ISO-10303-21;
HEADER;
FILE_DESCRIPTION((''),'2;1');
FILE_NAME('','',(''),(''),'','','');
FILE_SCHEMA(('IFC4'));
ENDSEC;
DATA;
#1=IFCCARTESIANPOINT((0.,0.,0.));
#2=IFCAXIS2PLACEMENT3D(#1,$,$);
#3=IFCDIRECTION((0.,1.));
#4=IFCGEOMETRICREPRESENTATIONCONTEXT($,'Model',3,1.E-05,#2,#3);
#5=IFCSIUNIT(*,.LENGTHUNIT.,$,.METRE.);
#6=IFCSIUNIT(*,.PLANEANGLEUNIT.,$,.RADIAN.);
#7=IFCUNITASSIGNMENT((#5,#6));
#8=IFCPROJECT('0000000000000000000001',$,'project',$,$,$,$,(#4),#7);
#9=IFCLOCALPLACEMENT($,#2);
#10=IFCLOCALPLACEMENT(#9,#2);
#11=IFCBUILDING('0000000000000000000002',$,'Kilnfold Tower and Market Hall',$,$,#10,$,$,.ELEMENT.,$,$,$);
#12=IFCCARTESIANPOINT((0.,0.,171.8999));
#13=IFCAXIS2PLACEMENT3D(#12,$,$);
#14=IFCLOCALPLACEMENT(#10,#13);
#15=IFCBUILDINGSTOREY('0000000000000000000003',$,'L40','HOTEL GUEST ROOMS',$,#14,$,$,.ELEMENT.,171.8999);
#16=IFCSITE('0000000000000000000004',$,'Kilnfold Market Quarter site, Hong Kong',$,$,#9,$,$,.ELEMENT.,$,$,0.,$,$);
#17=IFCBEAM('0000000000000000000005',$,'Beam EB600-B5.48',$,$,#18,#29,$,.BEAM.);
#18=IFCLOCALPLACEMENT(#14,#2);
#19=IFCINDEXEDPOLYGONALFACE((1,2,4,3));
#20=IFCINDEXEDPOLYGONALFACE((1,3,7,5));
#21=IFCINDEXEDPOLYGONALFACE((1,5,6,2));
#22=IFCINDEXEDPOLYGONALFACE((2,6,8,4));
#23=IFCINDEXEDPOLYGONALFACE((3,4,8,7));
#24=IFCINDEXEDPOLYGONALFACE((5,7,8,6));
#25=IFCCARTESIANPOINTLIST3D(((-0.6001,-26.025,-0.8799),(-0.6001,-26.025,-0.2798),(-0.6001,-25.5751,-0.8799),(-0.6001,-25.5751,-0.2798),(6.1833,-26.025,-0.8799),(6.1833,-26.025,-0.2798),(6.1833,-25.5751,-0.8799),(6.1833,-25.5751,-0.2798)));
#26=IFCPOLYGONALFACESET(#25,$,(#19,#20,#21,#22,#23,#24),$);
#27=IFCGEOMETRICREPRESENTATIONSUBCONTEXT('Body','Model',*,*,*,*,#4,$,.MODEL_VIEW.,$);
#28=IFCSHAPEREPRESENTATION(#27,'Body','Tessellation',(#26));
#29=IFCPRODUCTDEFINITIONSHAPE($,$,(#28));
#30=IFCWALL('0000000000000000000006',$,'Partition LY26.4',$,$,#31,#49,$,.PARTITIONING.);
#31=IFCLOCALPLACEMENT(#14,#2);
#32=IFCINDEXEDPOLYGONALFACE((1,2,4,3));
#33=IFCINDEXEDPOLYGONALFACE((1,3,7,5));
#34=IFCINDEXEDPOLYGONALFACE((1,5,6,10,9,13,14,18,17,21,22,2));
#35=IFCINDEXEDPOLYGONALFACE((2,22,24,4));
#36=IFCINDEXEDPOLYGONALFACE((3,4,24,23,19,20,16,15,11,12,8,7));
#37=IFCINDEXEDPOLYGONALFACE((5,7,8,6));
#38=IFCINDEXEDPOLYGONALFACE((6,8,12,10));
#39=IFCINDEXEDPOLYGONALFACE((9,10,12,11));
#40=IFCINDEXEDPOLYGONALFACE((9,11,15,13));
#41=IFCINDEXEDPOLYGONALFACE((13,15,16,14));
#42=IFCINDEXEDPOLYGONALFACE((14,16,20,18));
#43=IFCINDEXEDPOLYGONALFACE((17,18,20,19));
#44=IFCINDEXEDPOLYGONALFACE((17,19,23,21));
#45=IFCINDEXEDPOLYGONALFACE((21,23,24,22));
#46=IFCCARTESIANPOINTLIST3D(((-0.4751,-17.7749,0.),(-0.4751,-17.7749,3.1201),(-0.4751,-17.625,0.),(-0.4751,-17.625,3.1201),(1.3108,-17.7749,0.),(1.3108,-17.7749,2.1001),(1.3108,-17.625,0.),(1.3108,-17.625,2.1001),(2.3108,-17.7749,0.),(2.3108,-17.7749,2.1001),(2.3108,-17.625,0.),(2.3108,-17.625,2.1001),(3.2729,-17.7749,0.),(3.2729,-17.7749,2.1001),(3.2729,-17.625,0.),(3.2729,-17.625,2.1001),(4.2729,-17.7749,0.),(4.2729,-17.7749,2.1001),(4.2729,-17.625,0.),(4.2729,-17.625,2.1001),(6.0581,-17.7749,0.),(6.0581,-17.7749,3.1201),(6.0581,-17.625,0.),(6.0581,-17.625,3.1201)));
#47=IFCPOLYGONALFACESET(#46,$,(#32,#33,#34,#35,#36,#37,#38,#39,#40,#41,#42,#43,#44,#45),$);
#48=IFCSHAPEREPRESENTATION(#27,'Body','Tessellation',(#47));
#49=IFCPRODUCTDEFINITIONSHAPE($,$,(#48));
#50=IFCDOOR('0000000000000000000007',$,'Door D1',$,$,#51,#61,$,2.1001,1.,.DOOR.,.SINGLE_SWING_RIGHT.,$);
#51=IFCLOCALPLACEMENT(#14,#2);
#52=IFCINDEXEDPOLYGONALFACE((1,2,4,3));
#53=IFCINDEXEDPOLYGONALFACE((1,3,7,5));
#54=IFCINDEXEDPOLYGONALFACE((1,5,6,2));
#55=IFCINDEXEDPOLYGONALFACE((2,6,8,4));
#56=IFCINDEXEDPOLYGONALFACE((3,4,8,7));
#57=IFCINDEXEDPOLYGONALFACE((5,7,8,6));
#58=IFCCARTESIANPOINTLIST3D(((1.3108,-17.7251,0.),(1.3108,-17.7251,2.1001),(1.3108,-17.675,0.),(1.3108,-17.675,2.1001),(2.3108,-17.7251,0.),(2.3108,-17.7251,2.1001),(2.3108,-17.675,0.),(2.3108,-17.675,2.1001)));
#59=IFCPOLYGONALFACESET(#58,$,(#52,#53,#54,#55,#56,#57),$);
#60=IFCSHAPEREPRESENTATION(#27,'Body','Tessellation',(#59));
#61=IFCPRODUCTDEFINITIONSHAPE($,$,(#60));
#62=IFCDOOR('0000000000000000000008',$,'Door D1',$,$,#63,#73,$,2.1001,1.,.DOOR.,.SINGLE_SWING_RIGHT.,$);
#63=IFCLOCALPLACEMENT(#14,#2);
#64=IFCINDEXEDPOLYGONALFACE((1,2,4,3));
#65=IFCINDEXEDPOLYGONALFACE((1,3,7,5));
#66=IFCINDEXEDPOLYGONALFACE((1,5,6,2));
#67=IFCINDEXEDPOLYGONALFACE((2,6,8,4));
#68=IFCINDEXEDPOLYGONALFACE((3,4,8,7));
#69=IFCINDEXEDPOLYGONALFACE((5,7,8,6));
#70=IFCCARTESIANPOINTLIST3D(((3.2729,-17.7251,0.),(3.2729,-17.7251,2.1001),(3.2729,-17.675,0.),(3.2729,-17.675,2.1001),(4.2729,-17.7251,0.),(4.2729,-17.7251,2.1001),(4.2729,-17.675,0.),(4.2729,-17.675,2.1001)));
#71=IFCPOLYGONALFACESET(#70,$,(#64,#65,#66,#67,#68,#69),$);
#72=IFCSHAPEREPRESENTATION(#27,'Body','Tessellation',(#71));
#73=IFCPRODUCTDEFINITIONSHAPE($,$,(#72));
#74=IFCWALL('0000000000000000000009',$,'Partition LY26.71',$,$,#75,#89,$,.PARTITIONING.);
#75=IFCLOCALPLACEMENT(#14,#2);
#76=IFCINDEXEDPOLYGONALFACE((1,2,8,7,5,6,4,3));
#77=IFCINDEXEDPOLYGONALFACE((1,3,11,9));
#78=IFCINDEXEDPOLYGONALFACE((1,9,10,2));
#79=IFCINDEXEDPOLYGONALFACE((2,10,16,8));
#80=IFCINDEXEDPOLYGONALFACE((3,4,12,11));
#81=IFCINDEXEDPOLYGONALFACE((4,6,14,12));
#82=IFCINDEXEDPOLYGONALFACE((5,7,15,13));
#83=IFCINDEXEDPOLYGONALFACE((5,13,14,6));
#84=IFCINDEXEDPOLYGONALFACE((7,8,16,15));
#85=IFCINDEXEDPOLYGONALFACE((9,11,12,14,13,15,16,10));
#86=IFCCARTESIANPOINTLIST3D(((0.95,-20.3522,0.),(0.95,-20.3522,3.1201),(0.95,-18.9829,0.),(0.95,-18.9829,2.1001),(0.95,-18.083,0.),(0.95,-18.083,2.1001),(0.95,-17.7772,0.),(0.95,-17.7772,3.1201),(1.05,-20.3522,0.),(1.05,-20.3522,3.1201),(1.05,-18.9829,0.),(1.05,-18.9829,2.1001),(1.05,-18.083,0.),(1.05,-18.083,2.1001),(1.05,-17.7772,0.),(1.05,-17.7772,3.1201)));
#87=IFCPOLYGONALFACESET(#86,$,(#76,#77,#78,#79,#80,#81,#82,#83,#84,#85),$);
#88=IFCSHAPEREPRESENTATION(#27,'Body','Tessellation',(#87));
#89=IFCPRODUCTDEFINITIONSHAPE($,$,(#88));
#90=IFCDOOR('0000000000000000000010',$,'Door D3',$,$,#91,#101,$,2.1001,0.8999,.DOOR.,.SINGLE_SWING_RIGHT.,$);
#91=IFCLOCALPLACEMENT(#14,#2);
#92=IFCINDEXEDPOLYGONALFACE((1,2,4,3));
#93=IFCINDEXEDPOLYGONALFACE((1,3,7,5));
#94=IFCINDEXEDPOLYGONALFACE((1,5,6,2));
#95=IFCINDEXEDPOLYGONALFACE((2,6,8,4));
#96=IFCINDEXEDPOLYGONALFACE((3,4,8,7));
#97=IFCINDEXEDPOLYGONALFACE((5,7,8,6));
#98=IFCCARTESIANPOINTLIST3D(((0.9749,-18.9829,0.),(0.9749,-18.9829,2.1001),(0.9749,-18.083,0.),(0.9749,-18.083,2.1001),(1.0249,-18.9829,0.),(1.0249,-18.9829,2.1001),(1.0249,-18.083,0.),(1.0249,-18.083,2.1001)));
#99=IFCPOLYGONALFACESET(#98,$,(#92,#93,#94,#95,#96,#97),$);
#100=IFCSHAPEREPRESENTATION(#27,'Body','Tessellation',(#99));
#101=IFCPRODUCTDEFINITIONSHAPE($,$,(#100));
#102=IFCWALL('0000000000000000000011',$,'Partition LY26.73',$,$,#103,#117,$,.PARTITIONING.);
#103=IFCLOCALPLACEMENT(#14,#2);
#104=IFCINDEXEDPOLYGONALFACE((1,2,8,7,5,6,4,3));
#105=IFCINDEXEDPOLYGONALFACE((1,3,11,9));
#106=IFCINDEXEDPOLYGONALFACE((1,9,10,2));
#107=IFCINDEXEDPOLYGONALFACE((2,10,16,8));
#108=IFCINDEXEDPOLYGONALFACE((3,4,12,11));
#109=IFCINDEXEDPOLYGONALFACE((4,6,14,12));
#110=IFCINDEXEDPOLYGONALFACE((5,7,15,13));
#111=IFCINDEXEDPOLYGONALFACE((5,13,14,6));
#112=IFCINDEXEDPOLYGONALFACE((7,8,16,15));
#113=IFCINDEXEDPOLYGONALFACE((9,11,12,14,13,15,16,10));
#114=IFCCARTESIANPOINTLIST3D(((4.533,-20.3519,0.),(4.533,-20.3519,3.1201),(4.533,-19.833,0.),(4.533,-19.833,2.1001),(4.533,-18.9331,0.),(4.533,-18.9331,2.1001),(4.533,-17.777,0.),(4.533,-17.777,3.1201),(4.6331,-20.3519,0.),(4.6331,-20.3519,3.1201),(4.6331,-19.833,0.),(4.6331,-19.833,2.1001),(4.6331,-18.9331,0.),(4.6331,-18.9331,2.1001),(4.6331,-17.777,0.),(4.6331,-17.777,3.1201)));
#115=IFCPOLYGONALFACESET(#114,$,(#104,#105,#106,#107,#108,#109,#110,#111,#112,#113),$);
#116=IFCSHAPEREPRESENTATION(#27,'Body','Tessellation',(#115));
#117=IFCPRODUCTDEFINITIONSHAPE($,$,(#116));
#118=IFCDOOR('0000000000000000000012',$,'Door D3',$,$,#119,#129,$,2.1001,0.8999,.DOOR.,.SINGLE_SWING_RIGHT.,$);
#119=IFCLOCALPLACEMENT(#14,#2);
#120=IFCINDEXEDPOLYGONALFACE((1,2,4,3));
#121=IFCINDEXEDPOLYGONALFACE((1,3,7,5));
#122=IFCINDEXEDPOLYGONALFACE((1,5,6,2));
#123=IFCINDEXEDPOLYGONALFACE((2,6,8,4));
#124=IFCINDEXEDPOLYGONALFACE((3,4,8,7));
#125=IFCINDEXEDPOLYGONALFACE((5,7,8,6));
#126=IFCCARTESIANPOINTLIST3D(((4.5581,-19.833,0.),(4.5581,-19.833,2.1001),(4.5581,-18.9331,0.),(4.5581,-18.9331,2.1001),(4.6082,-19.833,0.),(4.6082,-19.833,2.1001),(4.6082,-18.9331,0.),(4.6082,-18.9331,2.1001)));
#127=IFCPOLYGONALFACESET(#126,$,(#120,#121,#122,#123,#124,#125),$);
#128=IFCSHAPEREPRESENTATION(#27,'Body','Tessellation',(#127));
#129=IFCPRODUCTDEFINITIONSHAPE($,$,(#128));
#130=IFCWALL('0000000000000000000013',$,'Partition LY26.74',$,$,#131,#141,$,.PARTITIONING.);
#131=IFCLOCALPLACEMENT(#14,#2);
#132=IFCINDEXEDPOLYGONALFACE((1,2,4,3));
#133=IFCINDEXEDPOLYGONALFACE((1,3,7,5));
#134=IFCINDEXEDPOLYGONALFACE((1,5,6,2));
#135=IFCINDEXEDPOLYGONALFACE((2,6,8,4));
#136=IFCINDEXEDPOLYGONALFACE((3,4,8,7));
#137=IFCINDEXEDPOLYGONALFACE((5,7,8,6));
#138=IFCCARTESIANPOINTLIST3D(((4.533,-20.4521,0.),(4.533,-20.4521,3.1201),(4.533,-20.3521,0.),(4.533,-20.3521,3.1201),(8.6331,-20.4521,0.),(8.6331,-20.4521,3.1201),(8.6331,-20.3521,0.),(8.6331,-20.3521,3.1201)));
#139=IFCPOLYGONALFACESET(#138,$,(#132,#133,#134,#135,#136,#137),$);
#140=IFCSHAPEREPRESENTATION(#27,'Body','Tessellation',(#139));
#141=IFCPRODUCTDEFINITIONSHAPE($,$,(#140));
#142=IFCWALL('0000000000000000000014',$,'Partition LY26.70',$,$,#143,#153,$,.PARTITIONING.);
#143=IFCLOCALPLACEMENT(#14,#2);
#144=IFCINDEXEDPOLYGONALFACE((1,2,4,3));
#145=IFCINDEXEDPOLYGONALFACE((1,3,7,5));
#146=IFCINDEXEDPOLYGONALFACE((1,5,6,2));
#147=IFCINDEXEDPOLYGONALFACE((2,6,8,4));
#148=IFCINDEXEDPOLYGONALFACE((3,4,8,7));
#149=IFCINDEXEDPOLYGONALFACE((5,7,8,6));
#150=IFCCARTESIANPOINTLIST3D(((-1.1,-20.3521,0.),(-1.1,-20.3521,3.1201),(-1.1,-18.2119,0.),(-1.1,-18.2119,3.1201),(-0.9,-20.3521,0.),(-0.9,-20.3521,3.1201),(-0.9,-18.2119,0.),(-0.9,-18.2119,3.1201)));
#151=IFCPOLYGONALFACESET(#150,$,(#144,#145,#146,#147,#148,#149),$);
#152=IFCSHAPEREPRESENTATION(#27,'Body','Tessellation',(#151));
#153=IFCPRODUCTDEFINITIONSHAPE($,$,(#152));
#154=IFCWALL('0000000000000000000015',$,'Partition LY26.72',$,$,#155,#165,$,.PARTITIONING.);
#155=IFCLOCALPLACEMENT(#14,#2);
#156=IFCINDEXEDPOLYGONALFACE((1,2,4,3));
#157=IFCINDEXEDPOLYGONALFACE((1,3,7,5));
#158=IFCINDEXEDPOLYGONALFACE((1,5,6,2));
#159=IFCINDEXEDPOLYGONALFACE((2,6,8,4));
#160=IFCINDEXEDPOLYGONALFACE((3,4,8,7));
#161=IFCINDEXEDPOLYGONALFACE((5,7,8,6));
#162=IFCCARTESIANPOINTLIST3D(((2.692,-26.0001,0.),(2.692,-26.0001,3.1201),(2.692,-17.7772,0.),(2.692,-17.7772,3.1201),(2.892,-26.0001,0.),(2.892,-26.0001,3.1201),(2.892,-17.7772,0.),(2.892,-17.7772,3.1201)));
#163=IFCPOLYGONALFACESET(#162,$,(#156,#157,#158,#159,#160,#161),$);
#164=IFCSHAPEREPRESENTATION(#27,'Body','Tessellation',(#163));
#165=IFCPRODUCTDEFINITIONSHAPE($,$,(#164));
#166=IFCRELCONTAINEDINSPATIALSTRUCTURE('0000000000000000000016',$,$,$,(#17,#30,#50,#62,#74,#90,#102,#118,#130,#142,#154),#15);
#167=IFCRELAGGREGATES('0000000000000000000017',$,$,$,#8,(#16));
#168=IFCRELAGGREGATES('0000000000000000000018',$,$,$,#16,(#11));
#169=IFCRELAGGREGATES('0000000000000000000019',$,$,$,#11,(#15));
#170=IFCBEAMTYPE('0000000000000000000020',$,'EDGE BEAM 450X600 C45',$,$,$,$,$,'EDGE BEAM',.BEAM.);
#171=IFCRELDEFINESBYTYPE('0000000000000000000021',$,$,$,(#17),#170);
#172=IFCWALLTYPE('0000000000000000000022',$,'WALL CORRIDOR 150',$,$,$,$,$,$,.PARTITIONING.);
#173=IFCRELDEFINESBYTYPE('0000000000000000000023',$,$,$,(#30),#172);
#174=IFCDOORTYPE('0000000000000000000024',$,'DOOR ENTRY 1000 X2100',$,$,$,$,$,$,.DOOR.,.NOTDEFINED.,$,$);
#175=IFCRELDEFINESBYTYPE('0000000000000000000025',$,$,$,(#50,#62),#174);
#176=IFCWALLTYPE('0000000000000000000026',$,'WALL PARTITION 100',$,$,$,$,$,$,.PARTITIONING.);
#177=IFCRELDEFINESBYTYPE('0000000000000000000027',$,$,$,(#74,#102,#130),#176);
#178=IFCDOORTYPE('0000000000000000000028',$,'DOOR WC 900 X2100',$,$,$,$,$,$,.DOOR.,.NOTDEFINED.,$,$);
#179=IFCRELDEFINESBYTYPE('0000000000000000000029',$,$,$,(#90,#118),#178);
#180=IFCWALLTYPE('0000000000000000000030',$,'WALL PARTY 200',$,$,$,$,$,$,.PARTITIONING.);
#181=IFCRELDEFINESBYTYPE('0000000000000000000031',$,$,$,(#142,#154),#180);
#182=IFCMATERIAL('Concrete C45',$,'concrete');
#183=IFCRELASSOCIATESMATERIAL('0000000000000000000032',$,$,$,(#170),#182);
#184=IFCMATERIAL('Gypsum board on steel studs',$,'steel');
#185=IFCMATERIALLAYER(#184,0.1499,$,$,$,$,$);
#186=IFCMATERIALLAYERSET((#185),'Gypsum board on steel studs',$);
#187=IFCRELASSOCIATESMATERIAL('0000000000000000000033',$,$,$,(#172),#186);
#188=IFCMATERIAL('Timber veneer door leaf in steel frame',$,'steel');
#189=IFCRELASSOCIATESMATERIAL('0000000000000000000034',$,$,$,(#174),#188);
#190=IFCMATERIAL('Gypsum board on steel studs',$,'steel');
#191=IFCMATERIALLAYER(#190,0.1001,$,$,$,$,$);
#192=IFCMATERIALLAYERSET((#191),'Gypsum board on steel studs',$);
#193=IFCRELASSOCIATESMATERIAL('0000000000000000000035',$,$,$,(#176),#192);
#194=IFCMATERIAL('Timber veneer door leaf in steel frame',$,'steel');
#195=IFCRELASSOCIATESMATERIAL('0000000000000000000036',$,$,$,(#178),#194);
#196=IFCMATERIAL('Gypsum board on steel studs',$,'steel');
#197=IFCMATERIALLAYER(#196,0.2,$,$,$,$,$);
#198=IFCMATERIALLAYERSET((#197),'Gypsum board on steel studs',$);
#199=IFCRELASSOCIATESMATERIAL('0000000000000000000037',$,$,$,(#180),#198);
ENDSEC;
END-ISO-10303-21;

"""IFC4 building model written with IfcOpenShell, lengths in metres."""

from ifc_helpers import new_model, si_unit, direction, frame, frame_2d, origin, origin_2d, place, context, subcontext, project, spatial, rectangle, extrude, source, transform, mapped, material, layer, layer_set, material_profile, profile_set, type_object, element, fill, save


model = new_model("IFC4")

# Units and contexts
model_context = context("Model", 3, precision=1e-05, world=origin(), true_north=direction((0.0, 1.0)))
body_context = subcontext(model_context, "Body", "Model", "MODEL_VIEW")
ifc_project = project(units=[si_unit("LENGTHUNIT", "METRE"), si_unit("PLANEANGLEUNIT", "RADIAN")], contexts=[model_context])

# Site, building, storey
site_placement = place(None, origin())
site = spatial("IfcSite", under=ifc_project, at=site_placement, Name="Kilnfold Market Quarter site, Hong Kong", CompositionType="ELEMENT", RefElevation=0.0)
building_placement = place(site_placement, origin())
building = spatial("IfcBuilding", under=site, at=building_placement, Name="Kilnfold Tower and Market Hall", CompositionType="ELEMENT")
storey_placement = place(building_placement, frame((0.0, 0.0, 171.8999)))
storey = spatial("IfcBuildingStorey", under=building, at=storey_placement, Name="L40", Description="HOTEL GUEST ROOMS", CompositionType="ELEMENT", Elevation=171.8999)

# Beam
ifc_material_1 = material(Name="Concrete C45", Category="concrete")
ifc_material_profile_1 = material_profile(ifc_material_1, rectangle(XDim=0.45, YDim=0.6001, at=origin_2d()), Name="RC 450x600")
ifc_profile_set_1 = profile_set([ifc_material_profile_1], Name="Concrete C45")
beam_type = type_object("IfcBeamType", Name="EDGE BEAM 450X600 C45", ElementType="EDGE BEAM", PredefinedType="BEAM", material=ifc_profile_set_1)
shared_shape_1 = source(origin(), body_context, "Body", "SweptSolid", [
    extrude(rectangle(XDim=0.45, YDim=0.6001, at=origin_2d()), origin(), (0.0, 0.0, 1.0), 6.7834),
])
beam_placement = place(storey_placement, frame((-0.6001, -25.8, -0.5798), z_axis=(1.0, 0.0, 0.0), x_axis=(0.0, 1.0, 0.0)))
element("IfcBeam", 1, at=beam_placement, inside=storey, type_object=beam_type, Name="Beam EB600-B5.48", PredefinedType="BEAM", context=body_context, shape_type="MappedRepresentation", body=[
    mapped(shared_shape_1, transform((0.0, 0.0, 0.0))),
])

# Wall, openings, doors
ifc_material_2 = material(Name="Gypsum board on steel studs", Category="steel")
ifc_layer_1 = layer(ifc_material_2, 0.1499)
ifc_layer_set_1 = layer_set([ifc_layer_1], Name="Gypsum board on steel studs")
wall_type_1 = type_object("IfcWallType", Name="WALL CORRIDOR 150", PredefinedType="PARTITIONING", material=ifc_layer_set_1)
wall_1_placement = place(storey_placement, frame((-0.4751, -17.7, 0.0), z_axis=(0.0, 0.0, 1.0), x_axis=(1.0, 0.0, 0.0)))
wall_1 = element("IfcWall", 2, at=wall_1_placement, inside=storey, type_object=wall_type_1, Name="Partition LY26.4", PredefinedType="PARTITIONING", context=body_context, shape_type="SweptSolid", body=[
    extrude(rectangle(XDim=6.5332, YDim=0.1499, at=frame_2d((3.2666, 0.0))), origin(), (0.0, 0.0, 1.0), 3.1201),
])
opening_1_placement = place(wall_1_placement, frame((1.7859, 0.0, 0.0)))
opening_1 = element("IfcOpeningElement", 3, at=opening_1_placement, cuts=wall_1, PredefinedType="OPENING", context=body_context, shape_type="SweptSolid", body=[
    extrude(rectangle(XDim=1.0, YDim=2.1001, at=frame_2d((0.5, 1.05))), frame((0.0, 0.085, 0.0), z_axis=(0.0, -1.0, 0.0), x_axis=(1.0, 0.0, 0.0)), (0.0, 0.0, 1.0), 0.1699),
])
opening_2_placement = place(wall_1_placement, frame((3.748, 0.0, 0.0)))
opening_2 = element("IfcOpeningElement", 4, at=opening_2_placement, cuts=wall_1, PredefinedType="OPENING", context=body_context, shape_type="SweptSolid", body=[
    extrude(rectangle(XDim=1.0, YDim=2.1001, at=frame_2d((0.5, 1.05))), frame((0.0, 0.085, 0.0), z_axis=(0.0, -1.0, 0.0), x_axis=(1.0, 0.0, 0.0)), (0.0, 0.0, 1.0), 0.1699),
])
ifc_material_3 = material(Name="Timber veneer door leaf in steel frame", Category="steel")
door_type_1 = type_object("IfcDoorType", Name="DOOR ENTRY 1000 X2100", OperationType="NOTDEFINED", PredefinedType="DOOR", material=ifc_material_3)
door_1_placement = place(opening_1_placement, origin())
door_1 = element("IfcDoor", 5, at=door_1_placement, inside=storey, type_object=door_type_1, Name="Door D1", OperationType="SINGLE_SWING_RIGHT", OverallHeight=2.1001, OverallWidth=1.0, PredefinedType="DOOR", context=body_context, shape_type="SweptSolid", body=[
    extrude(rectangle(XDim=1.0, YDim=2.1001, at=frame_2d((0.5, 1.05))), frame((0.0, 0.0249, 0.0), z_axis=(0.0, -1.0, 0.0), x_axis=(1.0, 0.0, 0.0)), (0.0, 0.0, 1.0), 0.05),
])
fill(opening_1, door_1)
door_2_placement = place(opening_2_placement, origin())
door_2 = element("IfcDoor", 6, at=door_2_placement, inside=storey, type_object=door_type_1, Name="Door D1", OperationType="SINGLE_SWING_RIGHT", OverallHeight=2.1001, OverallWidth=1.0, PredefinedType="DOOR", context=body_context, shape_type="SweptSolid", body=[
    extrude(rectangle(XDim=1.0, YDim=2.1001, at=frame_2d((0.5, 1.05))), frame((0.0, 0.0249, 0.0), z_axis=(0.0, -1.0, 0.0), x_axis=(1.0, 0.0, 0.0)), (0.0, 0.0, 1.0), 0.05),
])
fill(opening_2, door_2)

# Walls, openings, doors
ifc_material_4 = material(Name="Gypsum board on steel studs", Category="steel")
ifc_layer_2 = layer(ifc_material_4, 0.1001)
ifc_layer_set_2 = layer_set([ifc_layer_2], Name="Gypsum board on steel studs")
wall_type_2 = type_object("IfcWallType", Name="WALL PARTITION 100", PredefinedType="PARTITIONING", material=ifc_layer_set_2)
wall_2_placement = place(storey_placement, frame((1.0, -17.7771, 0.0), z_axis=(0.0, 0.0, 1.0), x_axis=(0.0, -1.0, 0.0)))
wall_2 = element("IfcWall", 7, at=wall_2_placement, inside=storey, type_object=wall_type_2, Name="Partition LY26.71", PredefinedType="PARTITIONING", context=body_context, shape_type="SweptSolid", body=[
    extrude(rectangle(XDim=2.575, YDim=0.1001, at=frame_2d((1.2876, 0.0))), origin(), (0.0, 0.0, 1.0), 3.1201),
])
opening_3_placement = place(wall_2_placement, frame((0.3059, 0.0, 0.0)))
opening_3 = element("IfcOpeningElement", 8, at=opening_3_placement, cuts=wall_2, PredefinedType="OPENING", context=body_context, shape_type="SweptSolid", body=[
    extrude(rectangle(XDim=0.8999, YDim=2.1001, at=frame_2d((0.45, 1.05))), frame((0.0, 0.0601, 0.0), z_axis=(0.0, -1.0, 0.0), x_axis=(1.0, 0.0, 0.0)), (0.0, 0.0, 1.0), 0.1201),
])
ifc_material_5 = material(Name="Timber veneer door leaf in steel frame", Category="steel")
door_type_2 = type_object("IfcDoorType", Name="DOOR WC 900 X2100", OperationType="NOTDEFINED", PredefinedType="DOOR", material=ifc_material_5)
door_3_placement = place(opening_3_placement, origin())
door_3 = element("IfcDoor", 9, at=door_3_placement, inside=storey, type_object=door_type_2, Name="Door D3", OperationType="SINGLE_SWING_RIGHT", OverallHeight=2.1001, OverallWidth=0.8999, PredefinedType="DOOR", context=body_context, shape_type="SweptSolid", body=[
    extrude(rectangle(XDim=0.8999, YDim=2.1001, at=frame_2d((0.45, 1.05))), frame((0.0, 0.0249, 0.0), z_axis=(0.0, -1.0, 0.0), x_axis=(1.0, 0.0, 0.0)), (0.0, 0.0, 1.0), 0.05),
])
fill(opening_3, door_3)
wall_3_placement = place(storey_placement, frame((4.583, -20.3521, 0.0), z_axis=(0.0, 0.0, 1.0), x_axis=(0.0, 1.0, 0.0)))
wall_3 = element("IfcWall", 10, at=wall_3_placement, inside=storey, type_object=wall_type_2, Name="Partition LY26.73", PredefinedType="PARTITIONING", context=body_context, shape_type="SweptSolid", body=[
    extrude(rectangle(XDim=2.575, YDim=0.1001, at=frame_2d((1.2876, 0.0))), origin(), (0.0, 0.0, 1.0), 3.1201),
])
opening_4_placement = place(wall_3_placement, frame((0.519, 0.0, 0.0)))
opening_4 = element("IfcOpeningElement", 11, at=opening_4_placement, cuts=wall_3, PredefinedType="OPENING", context=body_context, shape_type="SweptSolid", body=[
    extrude(rectangle(XDim=0.8999, YDim=2.1001, at=frame_2d((0.45, 1.05))), frame((0.0, 0.0601, 0.0), z_axis=(0.0, -1.0, 0.0), x_axis=(1.0, 0.0, 0.0)), (0.0, 0.0, 1.0), 0.1201),
])
door_4_placement = place(opening_4_placement, origin())
door_4 = element("IfcDoor", 12, at=door_4_placement, inside=storey, type_object=door_type_2, Name="Door D3", OperationType="SINGLE_SWING_RIGHT", OverallHeight=2.1001, OverallWidth=0.8999, PredefinedType="DOOR", context=body_context, shape_type="SweptSolid", body=[
    extrude(rectangle(XDim=0.8999, YDim=2.1001, at=frame_2d((0.45, 1.05))), frame((0.0, 0.0249, 0.0), z_axis=(0.0, -1.0, 0.0), x_axis=(1.0, 0.0, 0.0)), (0.0, 0.0, 1.0), 0.05),
])
fill(opening_4, door_4)

# Walls
wall_4_placement = place(storey_placement, frame((4.533, -20.4021, 0.0), z_axis=(0.0, 0.0, 1.0), x_axis=(1.0, 0.0, 0.0)))
element("IfcWall", 13, at=wall_4_placement, inside=storey, type_object=wall_type_2, Name="Partition LY26.74", PredefinedType="PARTITIONING", context=body_context, shape_type="SweptSolid", body=[
    extrude(rectangle(XDim=4.1001, YDim=0.1001, at=frame_2d((2.05, 0.0))), origin(), (0.0, 0.0, 1.0), 3.1201),
])
ifc_material_6 = material(Name="Gypsum board on steel studs", Category="steel")
ifc_layer_3 = layer(ifc_material_6, 0.2)
ifc_layer_set_3 = layer_set([ifc_layer_3], Name="Gypsum board on steel studs")
wall_type_3 = type_object("IfcWallType", Name="WALL PARTY 200", PredefinedType="PARTITIONING", material=ifc_layer_set_3)
wall_5_placement = place(storey_placement, frame((-1.0, -20.3521, 0.0), z_axis=(0.0, 0.0, 1.0), x_axis=(0.0, 1.0, 0.0)))
element("IfcWall", 14, at=wall_5_placement, inside=storey, type_object=wall_type_3, Name="Partition LY26.70", PredefinedType="PARTITIONING", context=body_context, shape_type="SweptSolid", body=[
    extrude(rectangle(XDim=2.1401, YDim=0.2, at=frame_2d((1.0701, 0.0))), origin(), (0.0, 0.0, 1.0), 3.1201),
])
wall_6_placement = place(storey_placement, frame((2.792, -26.0, 0.0), z_axis=(0.0, 0.0, 1.0), x_axis=(0.0, 1.0, 0.0)))
element("IfcWall", 15, at=wall_6_placement, inside=storey, type_object=wall_type_3, Name="Partition LY26.72", PredefinedType="PARTITIONING", context=body_context, shape_type="SweptSolid", body=[
    extrude(rectangle(XDim=8.2229, YDim=0.2, at=frame_2d((4.1113, 0.0))), origin(), (0.0, 0.0, 1.0), 3.1201),
])

save(model, "model.ifc")
